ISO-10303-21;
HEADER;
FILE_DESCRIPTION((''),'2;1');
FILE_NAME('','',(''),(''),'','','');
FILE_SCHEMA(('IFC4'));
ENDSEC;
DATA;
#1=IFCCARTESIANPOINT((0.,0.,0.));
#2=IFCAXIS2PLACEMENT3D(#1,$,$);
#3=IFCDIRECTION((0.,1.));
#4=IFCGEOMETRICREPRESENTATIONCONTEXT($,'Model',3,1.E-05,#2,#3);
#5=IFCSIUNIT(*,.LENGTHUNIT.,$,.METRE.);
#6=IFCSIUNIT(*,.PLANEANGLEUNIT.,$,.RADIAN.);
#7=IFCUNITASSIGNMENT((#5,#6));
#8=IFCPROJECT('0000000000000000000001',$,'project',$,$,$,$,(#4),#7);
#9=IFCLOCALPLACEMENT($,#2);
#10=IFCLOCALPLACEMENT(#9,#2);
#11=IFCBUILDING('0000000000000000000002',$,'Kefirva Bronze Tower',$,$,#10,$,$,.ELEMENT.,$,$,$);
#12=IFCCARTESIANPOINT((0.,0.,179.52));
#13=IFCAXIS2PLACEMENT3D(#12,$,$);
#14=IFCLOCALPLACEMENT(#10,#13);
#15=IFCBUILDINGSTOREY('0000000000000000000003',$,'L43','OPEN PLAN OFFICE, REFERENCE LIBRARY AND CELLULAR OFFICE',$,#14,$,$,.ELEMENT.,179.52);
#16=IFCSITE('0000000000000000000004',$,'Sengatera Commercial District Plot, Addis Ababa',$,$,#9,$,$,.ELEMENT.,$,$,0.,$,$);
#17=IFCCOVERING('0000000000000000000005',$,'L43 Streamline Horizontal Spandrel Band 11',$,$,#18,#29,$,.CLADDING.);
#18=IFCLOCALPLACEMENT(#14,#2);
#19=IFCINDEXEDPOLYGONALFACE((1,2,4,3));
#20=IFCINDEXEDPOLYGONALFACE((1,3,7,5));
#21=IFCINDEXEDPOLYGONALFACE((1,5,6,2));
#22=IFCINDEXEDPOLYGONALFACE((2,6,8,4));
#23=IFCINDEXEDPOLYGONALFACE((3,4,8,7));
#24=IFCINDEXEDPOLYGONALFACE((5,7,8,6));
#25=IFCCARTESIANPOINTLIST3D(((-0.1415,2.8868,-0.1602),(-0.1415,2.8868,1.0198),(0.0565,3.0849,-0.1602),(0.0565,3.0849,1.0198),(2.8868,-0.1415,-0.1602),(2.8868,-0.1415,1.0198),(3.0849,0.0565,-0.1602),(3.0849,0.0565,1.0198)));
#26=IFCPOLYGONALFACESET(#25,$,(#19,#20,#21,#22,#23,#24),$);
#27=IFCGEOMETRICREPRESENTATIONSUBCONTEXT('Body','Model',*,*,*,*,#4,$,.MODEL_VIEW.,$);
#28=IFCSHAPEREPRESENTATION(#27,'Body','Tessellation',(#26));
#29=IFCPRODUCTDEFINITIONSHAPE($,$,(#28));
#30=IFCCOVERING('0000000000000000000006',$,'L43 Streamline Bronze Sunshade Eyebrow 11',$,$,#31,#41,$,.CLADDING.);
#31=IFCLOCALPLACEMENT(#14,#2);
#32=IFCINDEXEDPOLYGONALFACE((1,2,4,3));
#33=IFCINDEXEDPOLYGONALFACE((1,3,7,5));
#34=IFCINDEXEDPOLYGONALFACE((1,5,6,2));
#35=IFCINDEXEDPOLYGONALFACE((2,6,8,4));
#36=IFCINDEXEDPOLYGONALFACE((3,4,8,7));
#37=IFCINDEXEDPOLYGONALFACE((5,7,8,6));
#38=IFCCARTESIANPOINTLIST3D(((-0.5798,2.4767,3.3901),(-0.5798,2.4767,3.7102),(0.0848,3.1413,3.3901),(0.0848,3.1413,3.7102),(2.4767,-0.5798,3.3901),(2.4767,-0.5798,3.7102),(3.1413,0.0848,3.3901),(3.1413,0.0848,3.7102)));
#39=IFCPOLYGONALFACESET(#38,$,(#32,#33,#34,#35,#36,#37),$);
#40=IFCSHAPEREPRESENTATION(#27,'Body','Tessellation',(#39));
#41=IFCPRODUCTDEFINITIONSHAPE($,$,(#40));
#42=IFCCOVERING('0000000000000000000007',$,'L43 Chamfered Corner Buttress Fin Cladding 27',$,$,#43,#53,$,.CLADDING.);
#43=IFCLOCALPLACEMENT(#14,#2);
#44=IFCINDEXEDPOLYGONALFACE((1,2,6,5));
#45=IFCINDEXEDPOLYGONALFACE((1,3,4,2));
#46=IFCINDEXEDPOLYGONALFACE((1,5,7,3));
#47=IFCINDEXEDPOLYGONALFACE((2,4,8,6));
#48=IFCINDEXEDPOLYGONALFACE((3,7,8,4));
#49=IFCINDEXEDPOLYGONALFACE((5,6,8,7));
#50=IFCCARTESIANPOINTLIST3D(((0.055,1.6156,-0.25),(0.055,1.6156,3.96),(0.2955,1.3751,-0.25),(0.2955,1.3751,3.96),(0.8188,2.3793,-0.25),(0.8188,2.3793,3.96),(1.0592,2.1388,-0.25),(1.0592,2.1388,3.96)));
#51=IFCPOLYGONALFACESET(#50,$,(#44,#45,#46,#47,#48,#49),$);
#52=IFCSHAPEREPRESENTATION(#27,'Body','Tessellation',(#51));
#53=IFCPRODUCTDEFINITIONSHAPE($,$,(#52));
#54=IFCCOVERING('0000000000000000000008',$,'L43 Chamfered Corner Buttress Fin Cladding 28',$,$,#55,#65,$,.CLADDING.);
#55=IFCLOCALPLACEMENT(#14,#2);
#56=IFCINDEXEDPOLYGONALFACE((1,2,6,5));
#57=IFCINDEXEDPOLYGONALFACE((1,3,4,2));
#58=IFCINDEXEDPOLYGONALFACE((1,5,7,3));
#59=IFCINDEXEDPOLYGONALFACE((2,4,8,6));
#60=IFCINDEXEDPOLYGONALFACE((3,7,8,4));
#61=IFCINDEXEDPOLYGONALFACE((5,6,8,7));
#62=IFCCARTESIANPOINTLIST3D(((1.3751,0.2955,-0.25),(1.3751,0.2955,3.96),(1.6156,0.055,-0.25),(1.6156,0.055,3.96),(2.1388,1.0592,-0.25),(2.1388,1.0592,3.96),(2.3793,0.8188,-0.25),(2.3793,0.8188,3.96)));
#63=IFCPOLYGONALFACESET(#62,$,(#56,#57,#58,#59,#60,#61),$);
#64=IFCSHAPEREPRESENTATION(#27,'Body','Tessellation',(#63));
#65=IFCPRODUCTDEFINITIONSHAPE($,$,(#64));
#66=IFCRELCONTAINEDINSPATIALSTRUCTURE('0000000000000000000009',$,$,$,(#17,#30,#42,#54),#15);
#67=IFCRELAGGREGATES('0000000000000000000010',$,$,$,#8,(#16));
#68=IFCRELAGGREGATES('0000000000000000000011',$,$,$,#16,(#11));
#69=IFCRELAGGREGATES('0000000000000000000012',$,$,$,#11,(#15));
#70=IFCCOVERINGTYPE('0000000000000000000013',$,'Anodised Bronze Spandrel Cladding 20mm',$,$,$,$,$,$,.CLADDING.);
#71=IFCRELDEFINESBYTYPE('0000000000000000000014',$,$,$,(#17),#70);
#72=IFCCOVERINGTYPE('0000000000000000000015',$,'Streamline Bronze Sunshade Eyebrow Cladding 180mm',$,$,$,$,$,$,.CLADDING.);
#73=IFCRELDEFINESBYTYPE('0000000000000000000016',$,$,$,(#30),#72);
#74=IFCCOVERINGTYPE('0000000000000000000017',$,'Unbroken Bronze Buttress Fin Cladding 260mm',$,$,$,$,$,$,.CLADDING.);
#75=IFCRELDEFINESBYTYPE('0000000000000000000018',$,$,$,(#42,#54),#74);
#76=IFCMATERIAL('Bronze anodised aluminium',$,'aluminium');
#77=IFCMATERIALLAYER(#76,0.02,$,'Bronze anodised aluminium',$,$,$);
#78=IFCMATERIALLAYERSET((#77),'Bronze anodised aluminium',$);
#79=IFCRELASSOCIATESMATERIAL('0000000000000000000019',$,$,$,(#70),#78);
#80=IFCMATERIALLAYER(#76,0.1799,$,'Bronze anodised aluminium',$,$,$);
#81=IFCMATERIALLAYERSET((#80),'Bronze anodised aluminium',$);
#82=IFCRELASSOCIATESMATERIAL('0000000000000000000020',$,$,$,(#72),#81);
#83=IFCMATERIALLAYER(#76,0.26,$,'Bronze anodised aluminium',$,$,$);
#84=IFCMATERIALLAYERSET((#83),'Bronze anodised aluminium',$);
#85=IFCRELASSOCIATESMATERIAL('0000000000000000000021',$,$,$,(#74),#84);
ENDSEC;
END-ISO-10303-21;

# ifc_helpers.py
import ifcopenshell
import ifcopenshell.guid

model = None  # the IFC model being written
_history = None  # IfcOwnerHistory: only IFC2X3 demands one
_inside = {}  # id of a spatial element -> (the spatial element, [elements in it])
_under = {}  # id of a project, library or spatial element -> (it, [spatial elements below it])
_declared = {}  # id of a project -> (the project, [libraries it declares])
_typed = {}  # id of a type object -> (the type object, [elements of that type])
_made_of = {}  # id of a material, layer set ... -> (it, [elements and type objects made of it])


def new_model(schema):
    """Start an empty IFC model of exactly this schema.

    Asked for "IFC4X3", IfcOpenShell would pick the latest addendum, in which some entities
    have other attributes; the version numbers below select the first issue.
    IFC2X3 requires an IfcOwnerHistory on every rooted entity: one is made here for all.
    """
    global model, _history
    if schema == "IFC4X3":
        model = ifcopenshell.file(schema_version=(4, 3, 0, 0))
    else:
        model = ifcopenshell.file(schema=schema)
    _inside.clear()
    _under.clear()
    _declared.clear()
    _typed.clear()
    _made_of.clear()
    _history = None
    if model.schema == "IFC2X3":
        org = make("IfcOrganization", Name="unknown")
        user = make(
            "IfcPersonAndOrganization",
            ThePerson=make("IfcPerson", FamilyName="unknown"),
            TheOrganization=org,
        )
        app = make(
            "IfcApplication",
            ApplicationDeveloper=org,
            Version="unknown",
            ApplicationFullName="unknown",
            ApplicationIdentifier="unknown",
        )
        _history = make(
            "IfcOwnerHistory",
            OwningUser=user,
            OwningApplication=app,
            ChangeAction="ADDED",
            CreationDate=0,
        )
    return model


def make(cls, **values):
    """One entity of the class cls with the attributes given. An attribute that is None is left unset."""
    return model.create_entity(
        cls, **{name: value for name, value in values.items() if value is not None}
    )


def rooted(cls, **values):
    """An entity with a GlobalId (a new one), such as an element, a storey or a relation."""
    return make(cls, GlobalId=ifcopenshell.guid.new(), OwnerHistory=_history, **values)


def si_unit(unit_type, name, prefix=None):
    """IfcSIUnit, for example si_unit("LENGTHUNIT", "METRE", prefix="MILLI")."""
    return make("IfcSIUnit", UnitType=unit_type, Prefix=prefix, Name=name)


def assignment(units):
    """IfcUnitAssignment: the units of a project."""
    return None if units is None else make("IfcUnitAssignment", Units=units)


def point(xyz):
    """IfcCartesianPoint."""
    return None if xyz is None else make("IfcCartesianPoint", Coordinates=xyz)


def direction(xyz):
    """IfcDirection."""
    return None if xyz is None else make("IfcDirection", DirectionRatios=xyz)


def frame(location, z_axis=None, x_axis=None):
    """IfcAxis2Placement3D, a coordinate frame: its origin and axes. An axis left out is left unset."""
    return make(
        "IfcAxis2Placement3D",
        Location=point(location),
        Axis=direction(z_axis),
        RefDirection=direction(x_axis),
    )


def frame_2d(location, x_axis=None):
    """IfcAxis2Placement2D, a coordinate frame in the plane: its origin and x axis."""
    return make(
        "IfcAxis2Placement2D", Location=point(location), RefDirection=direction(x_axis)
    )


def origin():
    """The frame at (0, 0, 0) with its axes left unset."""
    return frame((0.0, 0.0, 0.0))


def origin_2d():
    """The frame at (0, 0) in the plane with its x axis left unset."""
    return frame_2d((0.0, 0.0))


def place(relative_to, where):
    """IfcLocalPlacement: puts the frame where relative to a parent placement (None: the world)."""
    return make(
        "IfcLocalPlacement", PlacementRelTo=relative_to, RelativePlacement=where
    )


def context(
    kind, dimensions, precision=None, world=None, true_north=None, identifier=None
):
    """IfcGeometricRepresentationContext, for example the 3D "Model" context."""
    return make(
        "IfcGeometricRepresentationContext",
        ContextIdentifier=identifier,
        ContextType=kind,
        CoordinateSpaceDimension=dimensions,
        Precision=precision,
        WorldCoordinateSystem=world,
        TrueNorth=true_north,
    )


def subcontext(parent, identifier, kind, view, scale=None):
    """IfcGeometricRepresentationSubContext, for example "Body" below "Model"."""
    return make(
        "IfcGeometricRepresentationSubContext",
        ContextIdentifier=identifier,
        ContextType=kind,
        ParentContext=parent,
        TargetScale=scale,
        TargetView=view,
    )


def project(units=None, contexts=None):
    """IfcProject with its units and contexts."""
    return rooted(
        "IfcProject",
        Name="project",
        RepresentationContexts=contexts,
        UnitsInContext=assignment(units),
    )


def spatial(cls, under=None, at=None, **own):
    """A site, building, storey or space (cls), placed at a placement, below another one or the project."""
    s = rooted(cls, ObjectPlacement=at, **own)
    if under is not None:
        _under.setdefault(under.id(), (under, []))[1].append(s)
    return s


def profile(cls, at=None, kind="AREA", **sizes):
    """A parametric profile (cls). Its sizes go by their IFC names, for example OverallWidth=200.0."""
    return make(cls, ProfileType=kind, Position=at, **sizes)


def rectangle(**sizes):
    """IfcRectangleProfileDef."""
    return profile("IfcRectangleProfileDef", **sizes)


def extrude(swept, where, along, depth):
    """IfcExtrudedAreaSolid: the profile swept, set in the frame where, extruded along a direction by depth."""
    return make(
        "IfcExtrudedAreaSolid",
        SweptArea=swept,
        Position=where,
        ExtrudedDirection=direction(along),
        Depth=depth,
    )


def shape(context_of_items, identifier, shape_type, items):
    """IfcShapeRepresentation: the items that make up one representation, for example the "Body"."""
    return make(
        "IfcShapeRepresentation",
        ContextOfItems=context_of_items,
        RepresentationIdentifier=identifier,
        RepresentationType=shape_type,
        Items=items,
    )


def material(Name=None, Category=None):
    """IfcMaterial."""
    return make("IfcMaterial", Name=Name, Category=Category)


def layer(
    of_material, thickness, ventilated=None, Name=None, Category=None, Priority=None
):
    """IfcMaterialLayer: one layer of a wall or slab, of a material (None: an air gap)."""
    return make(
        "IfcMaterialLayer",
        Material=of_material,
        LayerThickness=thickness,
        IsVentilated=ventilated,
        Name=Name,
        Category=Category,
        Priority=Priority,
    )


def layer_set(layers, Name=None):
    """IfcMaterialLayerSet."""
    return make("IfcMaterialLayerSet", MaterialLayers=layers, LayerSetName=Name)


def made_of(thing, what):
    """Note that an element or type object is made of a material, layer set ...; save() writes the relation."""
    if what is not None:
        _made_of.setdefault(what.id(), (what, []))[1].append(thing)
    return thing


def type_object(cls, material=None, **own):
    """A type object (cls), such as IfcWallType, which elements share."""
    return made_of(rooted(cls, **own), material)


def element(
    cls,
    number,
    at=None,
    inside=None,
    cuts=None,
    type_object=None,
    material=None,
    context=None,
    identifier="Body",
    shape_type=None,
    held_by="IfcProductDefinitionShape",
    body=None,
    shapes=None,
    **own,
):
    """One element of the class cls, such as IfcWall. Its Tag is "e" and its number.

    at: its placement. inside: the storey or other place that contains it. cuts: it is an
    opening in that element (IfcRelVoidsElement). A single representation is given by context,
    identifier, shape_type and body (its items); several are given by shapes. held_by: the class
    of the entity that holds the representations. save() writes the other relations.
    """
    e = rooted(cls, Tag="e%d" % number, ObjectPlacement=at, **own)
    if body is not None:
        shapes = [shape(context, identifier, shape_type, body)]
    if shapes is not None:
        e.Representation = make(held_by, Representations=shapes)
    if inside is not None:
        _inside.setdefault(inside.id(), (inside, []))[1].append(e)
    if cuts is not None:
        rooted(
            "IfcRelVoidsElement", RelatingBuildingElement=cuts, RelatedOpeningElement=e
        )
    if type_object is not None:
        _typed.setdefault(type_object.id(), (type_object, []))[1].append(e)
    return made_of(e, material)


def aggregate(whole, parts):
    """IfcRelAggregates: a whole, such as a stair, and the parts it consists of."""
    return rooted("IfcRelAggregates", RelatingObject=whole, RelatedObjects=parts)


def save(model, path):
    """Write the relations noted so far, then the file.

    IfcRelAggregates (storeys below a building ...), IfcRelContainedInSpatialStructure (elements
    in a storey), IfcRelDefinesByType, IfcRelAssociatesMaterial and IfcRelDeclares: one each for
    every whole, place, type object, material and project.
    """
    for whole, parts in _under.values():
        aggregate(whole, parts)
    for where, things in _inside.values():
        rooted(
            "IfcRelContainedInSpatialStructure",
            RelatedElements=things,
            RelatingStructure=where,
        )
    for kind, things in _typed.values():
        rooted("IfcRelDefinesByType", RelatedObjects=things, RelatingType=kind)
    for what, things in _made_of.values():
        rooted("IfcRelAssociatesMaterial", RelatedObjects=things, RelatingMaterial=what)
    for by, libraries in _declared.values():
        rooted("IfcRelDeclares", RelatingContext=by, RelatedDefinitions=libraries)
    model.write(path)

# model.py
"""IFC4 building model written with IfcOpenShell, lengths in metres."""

from ifc_helpers import new_model, si_unit, direction, frame, origin, origin_2d, place, context, subcontext, project, spatial, rectangle, extrude, material, layer, layer_set, type_object, element, save


model = new_model("IFC4")

# Units and contexts
model_context = context("Model", 3, precision=1e-05, world=origin(), true_north=direction((0.0, 1.0)))
body_context = subcontext(model_context, "Body", "Model", "MODEL_VIEW")
ifc_project = project(units=[si_unit("LENGTHUNIT", "METRE"), si_unit("PLANEANGLEUNIT", "RADIAN")], contexts=[model_context])

# Site, building, storey
site_placement = place(None, origin())
site = spatial("IfcSite", under=ifc_project, at=site_placement, Name="Sengatera Commercial District Plot, Addis Ababa", CompositionType="ELEMENT", RefElevation=0.0)
building_placement = place(site_placement, origin())
building = spatial("IfcBuilding", under=site, at=building_placement, Name="Kefirva Bronze Tower", CompositionType="ELEMENT")
storey_placement = place(building_placement, frame((0.0, 0.0, 179.52)))
storey = spatial("IfcBuildingStorey", under=building, at=storey_placement, Name="L43", Description="OPEN PLAN OFFICE, REFERENCE LIBRARY AND CELLULAR OFFICE", CompositionType="ELEMENT", Elevation=179.52)

# Shared definitions
ifc_material_1 = material(Name="Bronze anodised aluminium", Category="aluminium")

# Coverings
ifc_layer_1 = layer(ifc_material_1, 0.02, Name="Bronze anodised aluminium")
ifc_layer_set_1 = layer_set([ifc_layer_1], Name="Bronze anodised aluminium")
covering_type_1 = type_object("IfcCoveringType", Name="Anodised Bronze Spandrel Cladding 20mm", PredefinedType="CLADDING", material=ifc_layer_set_1)
covering_1_placement = place(storey_placement, frame((1.4717, 1.4717, -0.1602), z_axis=(0.0, 0.0, 1.0), x_axis=(0.707107, -0.707107, 0.0)))
element("IfcCovering", 1, at=covering_1_placement, inside=storey, type_object=covering_type_1, Name="L43 Streamline Horizontal Spandrel Band 11", PredefinedType="CLADDING", context=body_context, shape_type="SweptSolid", body=[
    extrude(rectangle(XDim=4.2827, YDim=0.28, at=origin_2d()), origin(), (0.0, 0.0, 1.0), 1.1799),
])
ifc_layer_2 = layer(ifc_material_1, 0.1799, Name="Bronze anodised aluminium")
ifc_layer_set_2 = layer_set([ifc_layer_2], Name="Bronze anodised aluminium")
covering_type_2 = type_object("IfcCoveringType", Name="Streamline Bronze Sunshade Eyebrow Cladding 180mm", PredefinedType="CLADDING", material=ifc_layer_set_2)
covering_2_placement = place(storey_placement, frame((1.2808, 1.2808, 3.3901), z_axis=(0.0, 0.0, 1.0), x_axis=(0.707107, -0.707107, 0.0)))
element("IfcCovering", 2, at=covering_2_placement, inside=storey, type_object=covering_type_2, Name="L43 Streamline Bronze Sunshade Eyebrow 11", PredefinedType="CLADDING", context=body_context, shape_type="SweptSolid", body=[
    extrude(rectangle(XDim=4.3225, YDim=0.9399, at=origin_2d()), origin(), (0.0, 0.0, 1.0), 0.3201),
])
ifc_layer_3 = layer(ifc_material_1, 0.26, Name="Bronze anodised aluminium")
ifc_layer_set_3 = layer_set([ifc_layer_3], Name="Bronze anodised aluminium")
covering_type_3 = type_object("IfcCoveringType", Name="Unbroken Bronze Buttress Fin Cladding 260mm", PredefinedType="CLADDING", material=ifc_layer_set_3)
for number, where, z_axis, x_axis, name in (
    (3, (0.5571, 1.8772, -0.25), (0.0, 0.0, 1.0), (0.707107, -0.707107, 0.0), "L43 Chamfered Corner Buttress Fin Cladding 27"),
    (4, (1.8772, 0.5571, -0.25), (0.0, 0.0, 1.0), (0.707107, -0.707107, 0.0), "L43 Chamfered Corner Buttress Fin Cladding 28"),
):
    element("IfcCovering", number, at=place(storey_placement, frame(where, z_axis=z_axis, x_axis=x_axis)), inside=storey, type_object=covering_type_3, Name=name, PredefinedType="CLADDING", context=body_context, shape_type="SweptSolid", body=[
        extrude(rectangle(XDim=0.3401, YDim=1.0801, at=origin_2d()), origin(), (0.0, 0.0, 1.0), 4.21),
    ])

save(model, "model.ifc")
